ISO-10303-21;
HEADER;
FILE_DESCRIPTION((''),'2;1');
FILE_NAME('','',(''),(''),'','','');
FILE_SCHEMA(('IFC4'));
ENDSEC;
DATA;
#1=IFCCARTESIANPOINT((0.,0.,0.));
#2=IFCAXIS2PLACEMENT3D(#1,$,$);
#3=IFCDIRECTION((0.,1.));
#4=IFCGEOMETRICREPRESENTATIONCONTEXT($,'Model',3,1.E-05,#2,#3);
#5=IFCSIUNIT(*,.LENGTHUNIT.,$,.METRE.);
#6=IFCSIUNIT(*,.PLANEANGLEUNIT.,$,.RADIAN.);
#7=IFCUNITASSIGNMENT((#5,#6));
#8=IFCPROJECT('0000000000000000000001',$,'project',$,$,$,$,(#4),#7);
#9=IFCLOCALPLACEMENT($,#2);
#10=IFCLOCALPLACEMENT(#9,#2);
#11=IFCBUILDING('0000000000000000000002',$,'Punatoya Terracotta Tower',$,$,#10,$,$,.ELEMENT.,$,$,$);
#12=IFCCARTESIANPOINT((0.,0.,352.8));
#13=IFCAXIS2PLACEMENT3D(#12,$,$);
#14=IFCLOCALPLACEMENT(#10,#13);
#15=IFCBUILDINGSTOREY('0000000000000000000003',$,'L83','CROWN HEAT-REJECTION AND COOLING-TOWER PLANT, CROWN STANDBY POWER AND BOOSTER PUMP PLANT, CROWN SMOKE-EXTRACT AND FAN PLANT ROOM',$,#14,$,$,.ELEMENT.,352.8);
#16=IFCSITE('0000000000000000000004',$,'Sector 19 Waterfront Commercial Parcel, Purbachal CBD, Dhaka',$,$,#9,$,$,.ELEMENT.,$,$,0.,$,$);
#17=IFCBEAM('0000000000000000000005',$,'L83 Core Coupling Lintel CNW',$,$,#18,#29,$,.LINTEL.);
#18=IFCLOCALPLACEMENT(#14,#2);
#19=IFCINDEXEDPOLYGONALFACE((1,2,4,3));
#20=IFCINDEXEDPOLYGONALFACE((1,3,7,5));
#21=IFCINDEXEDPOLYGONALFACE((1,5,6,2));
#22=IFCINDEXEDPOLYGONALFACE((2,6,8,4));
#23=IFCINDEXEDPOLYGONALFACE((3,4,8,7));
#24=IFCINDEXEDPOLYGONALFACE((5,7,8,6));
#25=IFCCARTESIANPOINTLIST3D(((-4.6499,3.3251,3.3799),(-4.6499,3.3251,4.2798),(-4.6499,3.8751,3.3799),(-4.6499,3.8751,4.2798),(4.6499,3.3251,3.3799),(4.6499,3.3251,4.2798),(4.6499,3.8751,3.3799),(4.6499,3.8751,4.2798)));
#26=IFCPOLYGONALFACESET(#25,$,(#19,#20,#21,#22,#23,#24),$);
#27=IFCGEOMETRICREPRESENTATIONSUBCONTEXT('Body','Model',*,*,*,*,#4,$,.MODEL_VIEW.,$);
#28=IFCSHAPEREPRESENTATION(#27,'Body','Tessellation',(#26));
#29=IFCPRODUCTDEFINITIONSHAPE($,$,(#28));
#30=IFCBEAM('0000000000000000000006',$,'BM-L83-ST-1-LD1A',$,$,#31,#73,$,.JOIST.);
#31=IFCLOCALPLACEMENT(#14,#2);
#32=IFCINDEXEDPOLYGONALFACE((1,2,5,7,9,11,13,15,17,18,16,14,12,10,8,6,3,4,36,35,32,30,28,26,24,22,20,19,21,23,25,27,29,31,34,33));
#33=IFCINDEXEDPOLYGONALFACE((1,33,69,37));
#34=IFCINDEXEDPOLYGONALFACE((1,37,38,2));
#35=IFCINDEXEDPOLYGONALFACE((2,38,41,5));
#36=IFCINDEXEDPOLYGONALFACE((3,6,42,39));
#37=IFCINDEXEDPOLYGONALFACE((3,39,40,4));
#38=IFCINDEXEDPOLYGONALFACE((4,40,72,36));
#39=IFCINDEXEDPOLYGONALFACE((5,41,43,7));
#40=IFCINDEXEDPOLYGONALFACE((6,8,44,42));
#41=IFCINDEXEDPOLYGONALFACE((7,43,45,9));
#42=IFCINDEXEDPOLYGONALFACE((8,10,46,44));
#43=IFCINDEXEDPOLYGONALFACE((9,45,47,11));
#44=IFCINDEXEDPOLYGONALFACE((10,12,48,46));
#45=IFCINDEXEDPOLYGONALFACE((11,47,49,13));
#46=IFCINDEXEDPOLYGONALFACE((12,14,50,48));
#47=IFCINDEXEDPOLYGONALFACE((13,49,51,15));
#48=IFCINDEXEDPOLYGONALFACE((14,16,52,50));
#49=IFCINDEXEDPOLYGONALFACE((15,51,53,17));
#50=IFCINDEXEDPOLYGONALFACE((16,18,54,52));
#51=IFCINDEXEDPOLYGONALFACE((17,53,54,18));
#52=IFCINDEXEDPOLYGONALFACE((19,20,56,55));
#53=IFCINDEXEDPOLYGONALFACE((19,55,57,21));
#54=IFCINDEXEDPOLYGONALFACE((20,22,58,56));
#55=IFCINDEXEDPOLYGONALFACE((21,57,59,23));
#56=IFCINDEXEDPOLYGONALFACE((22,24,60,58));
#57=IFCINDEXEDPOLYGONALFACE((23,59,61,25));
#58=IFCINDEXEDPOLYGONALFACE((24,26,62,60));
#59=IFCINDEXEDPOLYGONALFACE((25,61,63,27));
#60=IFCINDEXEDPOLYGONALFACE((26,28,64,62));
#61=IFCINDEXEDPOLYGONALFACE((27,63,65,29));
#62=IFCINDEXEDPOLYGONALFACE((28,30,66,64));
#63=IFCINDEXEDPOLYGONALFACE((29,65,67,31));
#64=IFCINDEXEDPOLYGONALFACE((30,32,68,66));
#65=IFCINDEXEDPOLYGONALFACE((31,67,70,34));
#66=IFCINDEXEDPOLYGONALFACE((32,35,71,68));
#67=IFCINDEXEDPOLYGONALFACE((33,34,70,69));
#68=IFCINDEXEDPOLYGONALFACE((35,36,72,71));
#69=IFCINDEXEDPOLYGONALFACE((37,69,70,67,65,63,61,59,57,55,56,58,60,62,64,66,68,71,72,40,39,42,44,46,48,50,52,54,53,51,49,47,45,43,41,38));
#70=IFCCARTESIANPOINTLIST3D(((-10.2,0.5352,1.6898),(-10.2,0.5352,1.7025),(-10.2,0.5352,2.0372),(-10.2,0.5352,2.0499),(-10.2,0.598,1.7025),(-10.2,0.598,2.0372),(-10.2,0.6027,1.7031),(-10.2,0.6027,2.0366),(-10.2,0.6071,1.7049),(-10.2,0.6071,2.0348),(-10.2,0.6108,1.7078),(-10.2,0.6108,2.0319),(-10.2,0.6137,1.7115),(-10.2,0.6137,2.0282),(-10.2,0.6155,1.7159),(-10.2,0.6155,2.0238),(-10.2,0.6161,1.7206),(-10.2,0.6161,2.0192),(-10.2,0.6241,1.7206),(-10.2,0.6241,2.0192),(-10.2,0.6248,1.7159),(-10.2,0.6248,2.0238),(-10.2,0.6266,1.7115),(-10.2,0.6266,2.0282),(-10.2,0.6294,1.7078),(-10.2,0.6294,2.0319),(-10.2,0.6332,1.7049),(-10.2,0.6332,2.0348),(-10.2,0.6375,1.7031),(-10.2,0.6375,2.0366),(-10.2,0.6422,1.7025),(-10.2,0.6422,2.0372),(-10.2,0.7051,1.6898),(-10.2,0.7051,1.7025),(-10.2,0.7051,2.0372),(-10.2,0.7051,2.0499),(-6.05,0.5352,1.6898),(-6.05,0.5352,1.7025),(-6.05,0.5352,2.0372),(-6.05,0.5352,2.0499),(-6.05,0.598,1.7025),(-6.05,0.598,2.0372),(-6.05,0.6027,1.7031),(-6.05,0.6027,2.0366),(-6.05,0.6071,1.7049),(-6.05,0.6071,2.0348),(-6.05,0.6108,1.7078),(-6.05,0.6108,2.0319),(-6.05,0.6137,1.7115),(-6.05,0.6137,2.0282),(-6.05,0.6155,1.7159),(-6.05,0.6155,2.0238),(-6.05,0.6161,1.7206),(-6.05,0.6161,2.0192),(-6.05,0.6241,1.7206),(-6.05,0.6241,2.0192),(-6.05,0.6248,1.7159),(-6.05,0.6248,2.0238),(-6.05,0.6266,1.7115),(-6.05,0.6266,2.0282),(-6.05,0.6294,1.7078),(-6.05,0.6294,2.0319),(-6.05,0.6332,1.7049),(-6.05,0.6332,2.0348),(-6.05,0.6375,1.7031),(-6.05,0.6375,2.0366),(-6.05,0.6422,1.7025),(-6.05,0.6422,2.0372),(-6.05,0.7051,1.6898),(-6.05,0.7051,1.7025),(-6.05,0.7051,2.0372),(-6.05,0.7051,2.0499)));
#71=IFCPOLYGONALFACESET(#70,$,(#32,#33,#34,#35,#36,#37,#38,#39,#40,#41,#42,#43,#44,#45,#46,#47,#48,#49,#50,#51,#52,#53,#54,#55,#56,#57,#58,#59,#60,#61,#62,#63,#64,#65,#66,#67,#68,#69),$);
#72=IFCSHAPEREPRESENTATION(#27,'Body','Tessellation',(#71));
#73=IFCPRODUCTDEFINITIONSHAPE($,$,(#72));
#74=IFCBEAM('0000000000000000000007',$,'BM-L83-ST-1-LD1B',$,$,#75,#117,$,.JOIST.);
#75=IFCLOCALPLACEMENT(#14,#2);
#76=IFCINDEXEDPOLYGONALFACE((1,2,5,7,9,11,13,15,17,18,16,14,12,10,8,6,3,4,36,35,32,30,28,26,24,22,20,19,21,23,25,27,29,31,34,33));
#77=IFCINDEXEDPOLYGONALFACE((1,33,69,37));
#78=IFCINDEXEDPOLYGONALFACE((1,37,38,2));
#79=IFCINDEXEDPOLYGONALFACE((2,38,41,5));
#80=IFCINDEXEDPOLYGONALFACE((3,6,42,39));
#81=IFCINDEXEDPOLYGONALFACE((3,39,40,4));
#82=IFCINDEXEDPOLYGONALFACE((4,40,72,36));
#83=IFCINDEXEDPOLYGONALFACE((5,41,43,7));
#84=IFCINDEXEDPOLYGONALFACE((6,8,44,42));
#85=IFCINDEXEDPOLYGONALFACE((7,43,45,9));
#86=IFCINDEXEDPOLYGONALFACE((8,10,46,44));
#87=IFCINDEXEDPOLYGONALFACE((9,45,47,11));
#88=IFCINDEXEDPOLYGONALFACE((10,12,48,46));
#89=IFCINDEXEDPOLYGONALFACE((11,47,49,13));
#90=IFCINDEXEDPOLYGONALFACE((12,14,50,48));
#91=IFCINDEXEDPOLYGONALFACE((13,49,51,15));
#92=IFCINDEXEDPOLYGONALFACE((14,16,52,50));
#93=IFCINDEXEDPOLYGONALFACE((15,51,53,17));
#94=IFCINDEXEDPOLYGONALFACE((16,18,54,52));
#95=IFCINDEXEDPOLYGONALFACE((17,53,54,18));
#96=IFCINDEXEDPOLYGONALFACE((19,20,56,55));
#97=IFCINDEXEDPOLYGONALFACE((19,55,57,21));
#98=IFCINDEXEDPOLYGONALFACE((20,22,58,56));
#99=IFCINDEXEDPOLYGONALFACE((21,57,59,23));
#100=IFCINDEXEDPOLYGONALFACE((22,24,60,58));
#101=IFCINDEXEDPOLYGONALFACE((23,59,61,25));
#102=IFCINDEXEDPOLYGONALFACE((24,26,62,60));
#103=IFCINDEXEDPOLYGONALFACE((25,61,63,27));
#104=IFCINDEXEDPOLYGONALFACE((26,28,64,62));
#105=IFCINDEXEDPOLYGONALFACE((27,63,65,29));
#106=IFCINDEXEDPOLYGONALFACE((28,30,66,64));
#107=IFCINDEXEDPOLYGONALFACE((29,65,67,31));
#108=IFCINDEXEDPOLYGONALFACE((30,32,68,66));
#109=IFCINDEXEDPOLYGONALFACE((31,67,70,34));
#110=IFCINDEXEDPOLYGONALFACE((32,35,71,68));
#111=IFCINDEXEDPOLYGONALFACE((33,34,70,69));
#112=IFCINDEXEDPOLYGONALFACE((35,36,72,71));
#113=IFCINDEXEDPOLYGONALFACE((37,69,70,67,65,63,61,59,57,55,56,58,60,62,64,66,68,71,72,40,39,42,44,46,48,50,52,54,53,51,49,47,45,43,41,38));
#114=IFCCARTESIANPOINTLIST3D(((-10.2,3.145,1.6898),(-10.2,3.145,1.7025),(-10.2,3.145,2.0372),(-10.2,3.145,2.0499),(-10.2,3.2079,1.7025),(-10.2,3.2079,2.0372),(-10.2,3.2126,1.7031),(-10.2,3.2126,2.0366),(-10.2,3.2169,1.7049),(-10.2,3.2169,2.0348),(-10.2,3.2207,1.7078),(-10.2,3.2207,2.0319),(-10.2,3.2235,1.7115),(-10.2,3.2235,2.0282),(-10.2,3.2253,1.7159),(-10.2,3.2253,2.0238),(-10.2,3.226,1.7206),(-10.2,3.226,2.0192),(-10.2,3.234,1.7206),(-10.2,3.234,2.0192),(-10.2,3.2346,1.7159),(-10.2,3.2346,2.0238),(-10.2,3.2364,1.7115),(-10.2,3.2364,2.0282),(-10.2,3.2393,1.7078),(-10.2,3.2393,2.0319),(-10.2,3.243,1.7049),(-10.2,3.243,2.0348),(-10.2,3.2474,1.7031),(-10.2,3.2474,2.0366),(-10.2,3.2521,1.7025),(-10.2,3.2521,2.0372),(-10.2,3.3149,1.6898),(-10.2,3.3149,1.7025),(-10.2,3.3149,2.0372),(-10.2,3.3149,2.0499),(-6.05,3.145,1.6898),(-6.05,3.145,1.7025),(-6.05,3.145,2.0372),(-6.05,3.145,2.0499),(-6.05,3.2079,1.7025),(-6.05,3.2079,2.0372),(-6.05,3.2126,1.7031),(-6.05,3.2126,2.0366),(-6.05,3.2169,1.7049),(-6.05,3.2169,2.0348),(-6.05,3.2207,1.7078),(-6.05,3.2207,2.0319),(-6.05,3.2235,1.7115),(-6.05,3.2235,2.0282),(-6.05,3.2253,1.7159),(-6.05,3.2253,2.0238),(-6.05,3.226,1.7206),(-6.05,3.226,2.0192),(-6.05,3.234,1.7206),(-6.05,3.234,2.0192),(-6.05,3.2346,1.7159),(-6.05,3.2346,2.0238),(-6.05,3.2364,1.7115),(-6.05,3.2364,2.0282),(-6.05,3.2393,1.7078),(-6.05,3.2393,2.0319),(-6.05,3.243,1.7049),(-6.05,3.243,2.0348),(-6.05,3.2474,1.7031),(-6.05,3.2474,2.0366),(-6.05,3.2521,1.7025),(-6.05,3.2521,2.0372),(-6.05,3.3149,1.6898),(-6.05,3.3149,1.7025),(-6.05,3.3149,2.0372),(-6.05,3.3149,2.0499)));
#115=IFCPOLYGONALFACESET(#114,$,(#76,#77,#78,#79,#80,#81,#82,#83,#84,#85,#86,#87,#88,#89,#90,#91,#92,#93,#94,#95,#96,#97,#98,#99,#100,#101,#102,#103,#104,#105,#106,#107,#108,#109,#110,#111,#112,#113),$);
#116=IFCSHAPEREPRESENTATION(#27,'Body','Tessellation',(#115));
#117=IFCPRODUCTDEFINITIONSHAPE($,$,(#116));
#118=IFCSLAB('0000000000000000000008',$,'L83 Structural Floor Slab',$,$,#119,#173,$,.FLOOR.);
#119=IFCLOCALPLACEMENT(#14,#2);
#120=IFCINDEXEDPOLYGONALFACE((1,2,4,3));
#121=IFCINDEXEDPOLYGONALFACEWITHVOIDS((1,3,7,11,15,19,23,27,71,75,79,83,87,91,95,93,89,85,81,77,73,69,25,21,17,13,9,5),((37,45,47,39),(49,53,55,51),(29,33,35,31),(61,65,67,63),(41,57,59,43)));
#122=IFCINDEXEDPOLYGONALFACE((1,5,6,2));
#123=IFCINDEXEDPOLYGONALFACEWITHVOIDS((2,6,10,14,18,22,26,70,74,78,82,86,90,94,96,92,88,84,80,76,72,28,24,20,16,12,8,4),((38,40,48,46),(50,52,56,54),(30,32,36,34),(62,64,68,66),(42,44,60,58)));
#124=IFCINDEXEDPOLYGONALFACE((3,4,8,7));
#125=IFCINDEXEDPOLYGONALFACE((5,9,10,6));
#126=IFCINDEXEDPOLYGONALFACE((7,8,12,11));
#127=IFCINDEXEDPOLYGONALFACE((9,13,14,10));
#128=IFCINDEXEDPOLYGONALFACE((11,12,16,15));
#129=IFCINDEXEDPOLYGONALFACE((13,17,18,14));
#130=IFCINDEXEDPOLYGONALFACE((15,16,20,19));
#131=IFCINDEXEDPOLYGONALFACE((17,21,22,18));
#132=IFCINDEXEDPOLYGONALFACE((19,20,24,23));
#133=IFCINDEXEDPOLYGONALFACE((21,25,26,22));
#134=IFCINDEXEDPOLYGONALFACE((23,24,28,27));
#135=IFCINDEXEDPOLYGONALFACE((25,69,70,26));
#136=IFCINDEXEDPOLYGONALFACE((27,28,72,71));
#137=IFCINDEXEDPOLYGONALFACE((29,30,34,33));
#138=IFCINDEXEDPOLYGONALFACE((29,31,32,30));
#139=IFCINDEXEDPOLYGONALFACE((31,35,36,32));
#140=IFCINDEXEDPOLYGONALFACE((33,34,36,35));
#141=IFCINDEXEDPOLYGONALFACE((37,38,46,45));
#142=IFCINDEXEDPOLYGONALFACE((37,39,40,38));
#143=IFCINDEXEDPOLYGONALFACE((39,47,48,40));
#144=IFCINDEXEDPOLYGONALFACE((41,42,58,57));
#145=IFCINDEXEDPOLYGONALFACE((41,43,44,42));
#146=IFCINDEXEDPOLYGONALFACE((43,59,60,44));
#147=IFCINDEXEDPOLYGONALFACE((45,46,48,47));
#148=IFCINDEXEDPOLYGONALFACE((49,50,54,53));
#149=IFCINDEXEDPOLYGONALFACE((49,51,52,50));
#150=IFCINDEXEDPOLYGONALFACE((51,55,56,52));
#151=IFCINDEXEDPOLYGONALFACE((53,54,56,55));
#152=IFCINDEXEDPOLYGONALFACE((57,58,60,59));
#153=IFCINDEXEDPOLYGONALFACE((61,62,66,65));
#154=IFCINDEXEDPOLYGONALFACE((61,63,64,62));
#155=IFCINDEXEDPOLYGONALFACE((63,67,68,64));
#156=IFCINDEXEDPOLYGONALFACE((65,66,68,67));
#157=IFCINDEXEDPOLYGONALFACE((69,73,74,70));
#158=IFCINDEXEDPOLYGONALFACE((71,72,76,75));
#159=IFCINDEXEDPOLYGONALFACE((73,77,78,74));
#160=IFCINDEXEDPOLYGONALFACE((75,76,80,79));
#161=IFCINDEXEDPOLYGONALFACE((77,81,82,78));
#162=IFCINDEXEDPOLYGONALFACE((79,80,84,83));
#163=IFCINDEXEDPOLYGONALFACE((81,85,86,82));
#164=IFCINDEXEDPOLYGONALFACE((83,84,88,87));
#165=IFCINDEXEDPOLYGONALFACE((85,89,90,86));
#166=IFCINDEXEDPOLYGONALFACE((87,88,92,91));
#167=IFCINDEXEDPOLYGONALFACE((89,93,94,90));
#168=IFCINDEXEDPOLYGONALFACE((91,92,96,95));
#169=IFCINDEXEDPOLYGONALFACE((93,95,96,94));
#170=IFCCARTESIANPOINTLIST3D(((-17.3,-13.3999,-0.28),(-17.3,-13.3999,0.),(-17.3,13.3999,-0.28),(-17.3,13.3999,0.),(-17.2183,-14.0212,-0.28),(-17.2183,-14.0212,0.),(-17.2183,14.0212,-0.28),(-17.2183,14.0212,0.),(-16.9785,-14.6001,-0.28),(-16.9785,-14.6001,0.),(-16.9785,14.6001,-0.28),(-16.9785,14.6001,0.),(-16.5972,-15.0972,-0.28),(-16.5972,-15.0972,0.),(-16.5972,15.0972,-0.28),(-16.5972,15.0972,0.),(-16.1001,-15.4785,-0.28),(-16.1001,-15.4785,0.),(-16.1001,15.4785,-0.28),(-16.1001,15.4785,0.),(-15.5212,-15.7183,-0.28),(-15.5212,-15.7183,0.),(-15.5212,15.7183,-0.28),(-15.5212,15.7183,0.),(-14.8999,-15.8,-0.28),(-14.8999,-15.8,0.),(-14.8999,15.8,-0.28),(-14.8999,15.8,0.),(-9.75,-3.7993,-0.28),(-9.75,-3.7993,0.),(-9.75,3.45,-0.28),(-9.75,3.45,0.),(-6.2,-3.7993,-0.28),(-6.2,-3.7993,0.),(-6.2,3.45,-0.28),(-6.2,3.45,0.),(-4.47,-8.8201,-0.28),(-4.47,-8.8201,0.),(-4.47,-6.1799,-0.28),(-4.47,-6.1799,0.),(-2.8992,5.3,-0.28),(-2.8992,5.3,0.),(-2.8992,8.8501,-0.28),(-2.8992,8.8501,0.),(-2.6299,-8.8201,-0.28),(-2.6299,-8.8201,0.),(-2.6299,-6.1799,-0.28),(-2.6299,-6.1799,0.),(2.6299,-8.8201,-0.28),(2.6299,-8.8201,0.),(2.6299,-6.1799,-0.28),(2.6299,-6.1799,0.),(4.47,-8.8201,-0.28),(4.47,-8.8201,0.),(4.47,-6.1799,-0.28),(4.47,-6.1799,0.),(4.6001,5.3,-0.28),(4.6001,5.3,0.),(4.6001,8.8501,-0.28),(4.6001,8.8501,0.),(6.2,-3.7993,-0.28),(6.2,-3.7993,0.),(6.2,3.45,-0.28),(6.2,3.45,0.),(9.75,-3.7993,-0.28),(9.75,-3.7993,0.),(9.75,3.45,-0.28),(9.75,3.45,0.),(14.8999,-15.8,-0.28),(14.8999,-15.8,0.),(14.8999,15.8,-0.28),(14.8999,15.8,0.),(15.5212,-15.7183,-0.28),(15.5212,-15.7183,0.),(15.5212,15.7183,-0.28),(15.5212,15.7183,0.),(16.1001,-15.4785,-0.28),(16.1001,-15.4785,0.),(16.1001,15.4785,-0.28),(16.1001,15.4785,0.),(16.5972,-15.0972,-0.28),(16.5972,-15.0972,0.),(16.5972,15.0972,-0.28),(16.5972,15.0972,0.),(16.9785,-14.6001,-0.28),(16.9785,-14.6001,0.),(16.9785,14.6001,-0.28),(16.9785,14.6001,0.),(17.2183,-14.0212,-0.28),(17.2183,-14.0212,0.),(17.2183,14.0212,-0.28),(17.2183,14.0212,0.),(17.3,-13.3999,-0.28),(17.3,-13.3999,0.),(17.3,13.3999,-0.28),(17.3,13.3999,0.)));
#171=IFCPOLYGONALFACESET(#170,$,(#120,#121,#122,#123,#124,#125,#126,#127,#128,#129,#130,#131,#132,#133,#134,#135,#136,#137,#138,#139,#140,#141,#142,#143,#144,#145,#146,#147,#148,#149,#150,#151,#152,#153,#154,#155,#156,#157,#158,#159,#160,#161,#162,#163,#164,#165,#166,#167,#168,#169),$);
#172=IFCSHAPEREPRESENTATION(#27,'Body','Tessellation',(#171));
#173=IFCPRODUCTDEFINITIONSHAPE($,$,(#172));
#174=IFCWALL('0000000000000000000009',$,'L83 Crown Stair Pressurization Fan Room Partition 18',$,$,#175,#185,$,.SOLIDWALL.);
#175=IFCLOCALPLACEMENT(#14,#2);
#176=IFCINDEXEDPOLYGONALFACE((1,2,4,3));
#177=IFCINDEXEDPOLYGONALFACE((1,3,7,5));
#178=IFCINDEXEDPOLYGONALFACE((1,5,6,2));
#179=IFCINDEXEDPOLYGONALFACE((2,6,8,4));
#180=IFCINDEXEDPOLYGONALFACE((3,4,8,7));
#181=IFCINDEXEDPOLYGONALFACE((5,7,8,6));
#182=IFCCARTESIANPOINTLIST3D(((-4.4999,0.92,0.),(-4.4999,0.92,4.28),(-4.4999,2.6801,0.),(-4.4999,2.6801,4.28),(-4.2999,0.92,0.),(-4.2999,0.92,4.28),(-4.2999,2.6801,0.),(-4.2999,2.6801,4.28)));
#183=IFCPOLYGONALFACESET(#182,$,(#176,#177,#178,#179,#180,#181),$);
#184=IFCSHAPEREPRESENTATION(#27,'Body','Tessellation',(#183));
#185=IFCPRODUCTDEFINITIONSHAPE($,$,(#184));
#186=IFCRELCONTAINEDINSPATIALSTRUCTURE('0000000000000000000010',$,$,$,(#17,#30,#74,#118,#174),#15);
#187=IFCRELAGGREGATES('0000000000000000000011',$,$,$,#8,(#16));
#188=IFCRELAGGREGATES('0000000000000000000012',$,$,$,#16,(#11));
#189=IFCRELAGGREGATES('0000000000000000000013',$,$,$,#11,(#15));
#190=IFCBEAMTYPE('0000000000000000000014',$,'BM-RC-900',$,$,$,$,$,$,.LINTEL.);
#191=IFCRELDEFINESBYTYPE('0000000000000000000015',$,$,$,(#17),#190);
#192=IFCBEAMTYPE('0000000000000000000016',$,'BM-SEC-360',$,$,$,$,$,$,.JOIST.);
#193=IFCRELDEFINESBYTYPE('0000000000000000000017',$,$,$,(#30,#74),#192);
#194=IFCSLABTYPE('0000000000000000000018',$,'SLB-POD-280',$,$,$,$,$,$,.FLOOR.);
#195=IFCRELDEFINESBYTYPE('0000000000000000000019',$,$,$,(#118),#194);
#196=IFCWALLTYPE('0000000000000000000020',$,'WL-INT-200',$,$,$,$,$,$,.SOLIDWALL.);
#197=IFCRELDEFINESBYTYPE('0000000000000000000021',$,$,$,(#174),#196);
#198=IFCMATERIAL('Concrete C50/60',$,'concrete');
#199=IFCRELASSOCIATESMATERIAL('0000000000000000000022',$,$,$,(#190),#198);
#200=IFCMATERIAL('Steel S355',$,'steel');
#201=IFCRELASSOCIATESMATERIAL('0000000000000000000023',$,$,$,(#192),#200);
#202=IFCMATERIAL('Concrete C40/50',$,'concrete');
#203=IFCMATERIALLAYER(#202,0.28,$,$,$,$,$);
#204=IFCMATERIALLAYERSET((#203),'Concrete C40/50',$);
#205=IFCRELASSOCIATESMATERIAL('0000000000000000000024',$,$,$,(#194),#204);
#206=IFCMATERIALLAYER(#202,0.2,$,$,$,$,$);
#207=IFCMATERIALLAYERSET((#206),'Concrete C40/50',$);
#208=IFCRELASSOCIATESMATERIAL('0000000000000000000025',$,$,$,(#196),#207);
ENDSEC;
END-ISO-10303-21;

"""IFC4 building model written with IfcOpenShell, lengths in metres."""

from ifc_helpers import new_model, si_unit, direction, frame, frame_2d, origin, origin_2d, place, context, subcontext, project, spatial, polyline, rectangle, i_section, outline, extrude, material, layer, layer_set, material_profile, profile_set, type_object, element, save


model = new_model("IFC4")

# Units and contexts
model_context = context("Model", 3, precision=1e-05, world=origin(), true_north=direction((0.0, 1.0)))
body_context = subcontext(model_context, "Body", "Model", "MODEL_VIEW")
ifc_project = project(units=[si_unit("LENGTHUNIT", "METRE"), si_unit("PLANEANGLEUNIT", "RADIAN")], contexts=[model_context])

# Site, building, storey
site_placement = place(None, origin())
site = spatial("IfcSite", under=ifc_project, at=site_placement, Name="Sector 19 Waterfront Commercial Parcel, Purbachal CBD, Dhaka", CompositionType="ELEMENT", RefElevation=0.0)
building_placement = place(site_placement, origin())
building = spatial("IfcBuilding", under=site, at=building_placement, Name="Punatoya Terracotta Tower", CompositionType="ELEMENT")
storey_placement = place(building_placement, frame((0.0, 0.0, 352.8)))
storey = spatial("IfcBuildingStorey", under=building, at=storey_placement, Name="L83", Description="CROWN HEAT-REJECTION AND COOLING-TOWER PLANT, CROWN STANDBY POWER AND BOOSTER PUMP PLANT, CROWN SMOKE-EXTRACT AND FAN PLANT ROOM", CompositionType="ELEMENT", Elevation=352.8)

# Beams
ifc_material_1 = material(Name="Concrete C50/60", Category="concrete")
ifc_material_profile_1 = material_profile(ifc_material_1, rectangle(XDim=0.55, YDim=0.8999, at=origin_2d()))
ifc_profile_set_1 = profile_set([ifc_material_profile_1], Name="Concrete C50/60")
beam_type_1 = type_object("IfcBeamType", Name="BM-RC-900", PredefinedType="LINTEL", material=ifc_profile_set_1)
beam_placement = place(storey_placement, frame((-4.6499, 3.6001, 3.8298), z_axis=(1.0, 0.0, 0.0), x_axis=(0.0, 1.0, 0.0)))
element("IfcBeam", 1, at=beam_placement, inside=storey, type_object=beam_type_1, Name="L83 Core Coupling Lintel CNW", PredefinedType="LINTEL", context=body_context, shape_type="SweptSolid", body=[
    extrude(rectangle(XDim=0.55, YDim=0.8999, at=origin_2d()), origin(), (0.0, 0.0, 1.0), 9.2998),
])
ifc_material_2 = material(Name="Steel S355", Category="steel")
ifc_material_profile_2 = material_profile(ifc_material_2, i_section(OverallWidth=0.1699, OverallDepth=0.3601, WebThickness=0.0081, FlangeThickness=0.0127, FilletRadius=0.0181, at=origin_2d()))
ifc_profile_set_2 = profile_set([ifc_material_profile_2], Name="Steel S355")
beam_type_2 = type_object("IfcBeamType", Name="BM-SEC-360", PredefinedType="JOIST", material=ifc_profile_set_2)
for number, where, z_axis, x_axis, name in (
    (2, (-10.2, 0.6201, 1.8699), (1.0, 0.0, 0.0), (0.0, 1.0, 0.0), "BM-L83-ST-1-LD1A"),
    (3, (-10.2, 3.23, 1.8699), (1.0, 0.0, 0.0), (0.0, 1.0, 0.0), "BM-L83-ST-1-LD1B"),
):
    element("IfcBeam", number, at=place(storey_placement, frame(where, z_axis=z_axis, x_axis=x_axis)), inside=storey, type_object=beam_type_2, Name=name, PredefinedType="JOIST", context=body_context, shape_type="SweptSolid", body=[
        extrude(i_section(OverallWidth=0.1699, OverallDepth=0.3601, WebThickness=0.0081, FlangeThickness=0.0127, FilletRadius=0.0181, at=origin_2d()), origin(), (0.0, 0.0, 1.0), 4.1499),
    ])

# Slab
ifc_material_3 = material(Name="Concrete C40/50", Category="concrete")
ifc_layer_1 = layer(ifc_material_3, 0.28)
ifc_layer_set_1 = layer_set([ifc_layer_1], Name="Concrete C40/50")
slab_type = type_object("IfcSlabType", Name="SLB-POD-280", PredefinedType="FLOOR", material=ifc_layer_set_1)
slab_placement = place(storey_placement, frame((0.0, 0.0, -0.28)))
element("IfcSlab", 4, at=slab_placement, inside=storey, type_object=slab_type, Name="L83 Structural Floor Slab", PredefinedType="FLOOR", context=body_context, shape_type="SweptSolid", body=[
    extrude(outline(polyline([(-14.8999, -15.8), (-15.5212, -15.7183), (-16.1001, -15.4785), (-16.5972, -15.0972), (-16.9785, -14.6001), (-17.2183, -14.0212), (-17.3, -13.3999), (-17.3, 13.3999), (-17.2183, 14.0212), (-16.9785, 14.6001), (-16.5972, 15.0972), (-16.1001, 15.4785), (-15.5212, 15.7183), (-14.8999, 15.8), (14.8999, 15.8), (15.5212, 15.7183), (16.1001, 15.4785), (16.5972, 15.0972), (16.9785, 14.6001), (17.2183, 14.0212), (17.3, 13.3999), (17.3, -13.3999), (17.2183, -14.0212), (16.9785, -14.6001), (16.5972, -15.0972), (16.1001, -15.4785), (15.5212, -15.7183), (14.8999, -15.8), (-14.8999, -15.8)]), holes=[polyline([(-4.47, -6.1799), (-4.47, -8.8201), (-2.6299, -8.8201), (-2.6299, -6.1799), (-4.47, -6.1799)]), polyline([(2.6299, -6.1799), (2.6299, -8.8201), (4.47, -8.8201), (4.47, -6.1799), (2.6299, -6.1799)]), polyline([(-9.75, -3.7993), (-6.2, -3.7993), (-6.2, 3.45), (-9.75, 3.45), (-9.75, -3.7993)]), polyline([(6.2, 3.45), (6.2, -3.7993), (9.75, -3.7993), (9.75, 3.45), (6.2, 3.45)]), polyline([(4.6001, 8.8501), (-2.8992, 8.8501), (-2.8992, 5.3), (4.6001, 5.3), (4.6001, 8.8501)])]), origin(), (0.0, 0.0, 1.0), 0.28),
])

# Wall
ifc_layer_2 = layer(ifc_material_3, 0.2)
ifc_layer_set_2 = layer_set([ifc_layer_2], Name="Concrete C40/50")
wall_type_1 = type_object("IfcWallType", Name="WL-INT-200", PredefinedType="SOLIDWALL", material=ifc_layer_set_2)
wall_1_placement = place(storey_placement, frame((-4.3999, 2.6799, 0.0), z_axis=(0.0, 0.0, 1.0), x_axis=(0.0, -1.0, 0.0)))
element("IfcWall", 5, at=wall_1_placement, inside=storey, type_object=wall_type_1, Name="L83 Crown Stair Pressurization Fan Room Partition 18", PredefinedType="SOLIDWALL", context=body_context, shape_type="SweptSolid", body=[
    extrude(rectangle(XDim=1.76, YDim=0.2, at=frame_2d((0.8799, 0.0))), origin(), (0.0, 0.0, 1.0), 4.28),
])

save(model, "model.ifc")
